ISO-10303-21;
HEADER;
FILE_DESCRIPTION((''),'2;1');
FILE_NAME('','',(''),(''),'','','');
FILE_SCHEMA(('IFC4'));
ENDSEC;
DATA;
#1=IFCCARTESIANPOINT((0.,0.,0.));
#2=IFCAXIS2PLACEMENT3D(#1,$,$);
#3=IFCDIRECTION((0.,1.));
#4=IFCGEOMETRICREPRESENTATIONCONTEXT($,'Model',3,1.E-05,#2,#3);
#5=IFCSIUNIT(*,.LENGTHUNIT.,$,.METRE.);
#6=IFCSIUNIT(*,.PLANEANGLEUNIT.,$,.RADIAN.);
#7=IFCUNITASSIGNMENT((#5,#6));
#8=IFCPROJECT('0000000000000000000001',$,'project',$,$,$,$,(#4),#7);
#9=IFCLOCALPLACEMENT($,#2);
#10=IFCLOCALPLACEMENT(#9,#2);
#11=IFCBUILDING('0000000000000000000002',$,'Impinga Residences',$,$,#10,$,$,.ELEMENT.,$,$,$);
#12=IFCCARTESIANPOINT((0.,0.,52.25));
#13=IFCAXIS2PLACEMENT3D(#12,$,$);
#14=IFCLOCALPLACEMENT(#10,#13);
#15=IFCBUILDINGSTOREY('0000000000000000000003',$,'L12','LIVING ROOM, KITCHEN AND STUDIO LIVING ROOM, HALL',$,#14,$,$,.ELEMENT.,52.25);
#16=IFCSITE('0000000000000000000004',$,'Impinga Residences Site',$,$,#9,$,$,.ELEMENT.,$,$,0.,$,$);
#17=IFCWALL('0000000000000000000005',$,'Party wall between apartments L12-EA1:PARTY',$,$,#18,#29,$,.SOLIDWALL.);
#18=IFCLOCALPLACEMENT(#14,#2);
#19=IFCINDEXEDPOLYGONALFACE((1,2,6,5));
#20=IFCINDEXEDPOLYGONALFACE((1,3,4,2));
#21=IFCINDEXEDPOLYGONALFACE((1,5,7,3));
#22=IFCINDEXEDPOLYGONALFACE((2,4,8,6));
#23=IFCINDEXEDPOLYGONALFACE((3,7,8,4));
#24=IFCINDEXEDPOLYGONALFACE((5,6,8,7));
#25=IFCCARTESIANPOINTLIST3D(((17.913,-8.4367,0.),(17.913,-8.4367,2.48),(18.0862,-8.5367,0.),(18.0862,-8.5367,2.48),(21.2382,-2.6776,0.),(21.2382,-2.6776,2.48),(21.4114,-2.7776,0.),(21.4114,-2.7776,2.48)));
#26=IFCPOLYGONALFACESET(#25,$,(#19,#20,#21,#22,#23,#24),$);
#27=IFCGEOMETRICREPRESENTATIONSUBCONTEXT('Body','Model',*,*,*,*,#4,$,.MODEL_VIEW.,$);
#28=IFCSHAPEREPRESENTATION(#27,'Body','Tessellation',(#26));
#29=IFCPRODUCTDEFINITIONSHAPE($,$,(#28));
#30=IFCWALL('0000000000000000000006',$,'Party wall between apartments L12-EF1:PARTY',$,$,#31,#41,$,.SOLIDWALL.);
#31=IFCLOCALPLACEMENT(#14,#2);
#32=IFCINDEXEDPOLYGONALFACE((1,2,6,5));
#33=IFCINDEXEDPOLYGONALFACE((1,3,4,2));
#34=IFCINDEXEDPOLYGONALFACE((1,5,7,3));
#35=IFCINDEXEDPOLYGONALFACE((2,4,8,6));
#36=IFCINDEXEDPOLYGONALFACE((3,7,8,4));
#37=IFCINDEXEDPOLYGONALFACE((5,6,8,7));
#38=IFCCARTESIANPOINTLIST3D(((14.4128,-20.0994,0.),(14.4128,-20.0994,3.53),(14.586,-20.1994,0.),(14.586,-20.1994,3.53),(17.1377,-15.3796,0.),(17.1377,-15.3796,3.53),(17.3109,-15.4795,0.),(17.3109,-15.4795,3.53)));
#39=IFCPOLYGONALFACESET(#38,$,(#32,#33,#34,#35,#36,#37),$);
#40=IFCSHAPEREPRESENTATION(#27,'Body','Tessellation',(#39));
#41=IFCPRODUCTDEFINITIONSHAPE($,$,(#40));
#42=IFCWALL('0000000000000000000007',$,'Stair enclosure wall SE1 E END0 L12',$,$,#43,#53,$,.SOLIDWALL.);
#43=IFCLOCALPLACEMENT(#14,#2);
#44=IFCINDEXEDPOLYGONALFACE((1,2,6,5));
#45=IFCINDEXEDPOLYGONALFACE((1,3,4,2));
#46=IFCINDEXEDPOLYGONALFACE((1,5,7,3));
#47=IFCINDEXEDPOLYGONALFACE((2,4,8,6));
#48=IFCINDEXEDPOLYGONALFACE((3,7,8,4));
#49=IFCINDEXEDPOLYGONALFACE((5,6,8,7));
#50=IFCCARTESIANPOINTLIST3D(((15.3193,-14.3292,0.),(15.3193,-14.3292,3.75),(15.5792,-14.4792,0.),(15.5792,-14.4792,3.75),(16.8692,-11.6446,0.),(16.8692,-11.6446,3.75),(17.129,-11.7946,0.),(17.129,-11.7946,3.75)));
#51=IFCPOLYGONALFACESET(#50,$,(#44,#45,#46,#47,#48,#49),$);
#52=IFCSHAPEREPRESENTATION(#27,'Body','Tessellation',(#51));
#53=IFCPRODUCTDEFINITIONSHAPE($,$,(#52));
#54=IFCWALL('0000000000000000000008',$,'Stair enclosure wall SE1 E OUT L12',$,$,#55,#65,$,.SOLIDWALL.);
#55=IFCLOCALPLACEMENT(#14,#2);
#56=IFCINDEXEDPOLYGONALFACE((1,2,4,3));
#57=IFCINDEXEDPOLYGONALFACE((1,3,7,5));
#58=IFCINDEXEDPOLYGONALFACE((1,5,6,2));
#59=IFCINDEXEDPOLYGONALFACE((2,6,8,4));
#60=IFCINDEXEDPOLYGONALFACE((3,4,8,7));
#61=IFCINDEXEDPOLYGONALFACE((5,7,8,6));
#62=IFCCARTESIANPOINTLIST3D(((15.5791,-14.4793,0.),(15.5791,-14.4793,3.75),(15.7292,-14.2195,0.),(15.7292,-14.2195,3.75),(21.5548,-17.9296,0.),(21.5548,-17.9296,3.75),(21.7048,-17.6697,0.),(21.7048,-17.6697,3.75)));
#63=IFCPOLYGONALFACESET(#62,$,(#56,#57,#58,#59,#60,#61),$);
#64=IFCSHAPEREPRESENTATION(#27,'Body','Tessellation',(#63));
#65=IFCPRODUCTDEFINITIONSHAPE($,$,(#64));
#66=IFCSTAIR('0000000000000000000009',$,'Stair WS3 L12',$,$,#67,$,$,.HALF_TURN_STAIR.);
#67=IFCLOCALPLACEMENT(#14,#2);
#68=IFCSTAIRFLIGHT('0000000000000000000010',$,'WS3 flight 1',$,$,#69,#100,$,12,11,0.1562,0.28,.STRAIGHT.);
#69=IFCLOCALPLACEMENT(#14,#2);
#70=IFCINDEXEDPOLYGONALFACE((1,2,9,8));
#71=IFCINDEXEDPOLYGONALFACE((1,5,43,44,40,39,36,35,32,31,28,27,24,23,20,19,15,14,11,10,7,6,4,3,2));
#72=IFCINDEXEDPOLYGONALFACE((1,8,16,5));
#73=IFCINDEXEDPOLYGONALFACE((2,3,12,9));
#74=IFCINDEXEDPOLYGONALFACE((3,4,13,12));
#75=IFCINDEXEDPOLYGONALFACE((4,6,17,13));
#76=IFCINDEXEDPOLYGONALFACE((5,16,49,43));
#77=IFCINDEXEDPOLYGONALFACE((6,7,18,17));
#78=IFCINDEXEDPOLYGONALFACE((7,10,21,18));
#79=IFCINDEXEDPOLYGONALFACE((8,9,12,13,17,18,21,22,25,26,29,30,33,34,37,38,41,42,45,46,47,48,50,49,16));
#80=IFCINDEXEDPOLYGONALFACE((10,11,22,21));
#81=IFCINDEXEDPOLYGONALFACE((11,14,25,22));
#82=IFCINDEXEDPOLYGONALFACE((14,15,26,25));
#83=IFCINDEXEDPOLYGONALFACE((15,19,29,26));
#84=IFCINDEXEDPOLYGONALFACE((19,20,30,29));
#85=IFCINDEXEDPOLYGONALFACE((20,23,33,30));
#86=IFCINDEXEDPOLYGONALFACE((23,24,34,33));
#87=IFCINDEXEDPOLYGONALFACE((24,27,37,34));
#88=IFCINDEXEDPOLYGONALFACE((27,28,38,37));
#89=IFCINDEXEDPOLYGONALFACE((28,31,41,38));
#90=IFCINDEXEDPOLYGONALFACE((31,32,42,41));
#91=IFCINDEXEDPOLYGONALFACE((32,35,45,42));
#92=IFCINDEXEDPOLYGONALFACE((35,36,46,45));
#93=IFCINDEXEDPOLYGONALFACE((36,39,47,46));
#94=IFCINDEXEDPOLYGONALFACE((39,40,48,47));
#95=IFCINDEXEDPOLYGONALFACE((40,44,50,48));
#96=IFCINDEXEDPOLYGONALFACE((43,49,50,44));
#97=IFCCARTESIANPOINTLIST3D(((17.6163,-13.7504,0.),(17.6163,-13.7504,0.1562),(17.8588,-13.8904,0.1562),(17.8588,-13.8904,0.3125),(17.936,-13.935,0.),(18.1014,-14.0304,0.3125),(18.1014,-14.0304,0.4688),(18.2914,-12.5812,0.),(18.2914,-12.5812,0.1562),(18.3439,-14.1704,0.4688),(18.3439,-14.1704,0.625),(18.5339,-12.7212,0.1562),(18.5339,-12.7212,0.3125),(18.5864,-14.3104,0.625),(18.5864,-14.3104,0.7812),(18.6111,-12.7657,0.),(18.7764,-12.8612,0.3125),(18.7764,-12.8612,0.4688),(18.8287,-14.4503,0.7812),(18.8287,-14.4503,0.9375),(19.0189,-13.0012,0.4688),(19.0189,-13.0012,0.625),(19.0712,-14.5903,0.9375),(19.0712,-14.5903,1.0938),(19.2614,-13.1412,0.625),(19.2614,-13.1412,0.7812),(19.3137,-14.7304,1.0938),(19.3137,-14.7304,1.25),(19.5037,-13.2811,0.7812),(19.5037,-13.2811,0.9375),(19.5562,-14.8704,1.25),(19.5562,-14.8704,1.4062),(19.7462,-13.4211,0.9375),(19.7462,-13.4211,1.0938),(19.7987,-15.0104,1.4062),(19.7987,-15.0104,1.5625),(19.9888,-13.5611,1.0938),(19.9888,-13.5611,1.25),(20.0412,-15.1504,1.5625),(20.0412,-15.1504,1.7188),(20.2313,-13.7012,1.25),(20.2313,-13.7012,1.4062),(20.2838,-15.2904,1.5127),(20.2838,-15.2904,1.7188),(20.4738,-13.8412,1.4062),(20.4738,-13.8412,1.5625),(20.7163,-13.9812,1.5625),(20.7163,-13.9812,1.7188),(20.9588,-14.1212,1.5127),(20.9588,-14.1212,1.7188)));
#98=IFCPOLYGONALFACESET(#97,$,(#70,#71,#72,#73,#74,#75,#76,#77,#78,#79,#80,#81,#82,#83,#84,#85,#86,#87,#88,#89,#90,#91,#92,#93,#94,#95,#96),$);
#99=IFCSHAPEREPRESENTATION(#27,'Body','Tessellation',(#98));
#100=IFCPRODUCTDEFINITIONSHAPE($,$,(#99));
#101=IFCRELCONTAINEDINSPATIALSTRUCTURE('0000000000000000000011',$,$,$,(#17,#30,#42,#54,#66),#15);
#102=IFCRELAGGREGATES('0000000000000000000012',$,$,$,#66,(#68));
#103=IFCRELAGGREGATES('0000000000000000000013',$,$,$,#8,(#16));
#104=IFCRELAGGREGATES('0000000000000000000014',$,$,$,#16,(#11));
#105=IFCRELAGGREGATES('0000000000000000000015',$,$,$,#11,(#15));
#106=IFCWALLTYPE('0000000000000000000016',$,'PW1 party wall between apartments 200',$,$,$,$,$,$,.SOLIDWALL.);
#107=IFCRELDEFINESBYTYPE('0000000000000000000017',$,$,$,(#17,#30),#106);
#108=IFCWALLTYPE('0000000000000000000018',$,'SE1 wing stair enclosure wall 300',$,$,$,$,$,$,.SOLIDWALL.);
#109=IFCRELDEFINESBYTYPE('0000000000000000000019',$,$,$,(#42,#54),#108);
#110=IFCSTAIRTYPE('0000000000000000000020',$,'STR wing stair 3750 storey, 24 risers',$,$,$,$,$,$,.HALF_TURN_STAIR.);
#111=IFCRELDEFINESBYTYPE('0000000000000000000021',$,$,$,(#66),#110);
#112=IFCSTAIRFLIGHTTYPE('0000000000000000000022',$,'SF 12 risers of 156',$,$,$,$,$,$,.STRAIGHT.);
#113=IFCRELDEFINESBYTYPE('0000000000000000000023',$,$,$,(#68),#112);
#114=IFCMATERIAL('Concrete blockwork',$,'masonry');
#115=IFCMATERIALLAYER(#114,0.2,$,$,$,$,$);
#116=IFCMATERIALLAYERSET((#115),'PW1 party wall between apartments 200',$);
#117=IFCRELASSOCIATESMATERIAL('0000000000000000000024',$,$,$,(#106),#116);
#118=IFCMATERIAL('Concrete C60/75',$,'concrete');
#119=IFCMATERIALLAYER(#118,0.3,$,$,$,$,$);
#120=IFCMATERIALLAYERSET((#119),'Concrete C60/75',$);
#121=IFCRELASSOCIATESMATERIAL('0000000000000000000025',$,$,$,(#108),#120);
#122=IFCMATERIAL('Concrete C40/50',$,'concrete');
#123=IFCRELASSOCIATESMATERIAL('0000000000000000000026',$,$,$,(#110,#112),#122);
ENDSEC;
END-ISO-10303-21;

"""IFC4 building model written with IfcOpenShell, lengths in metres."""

from ifc_helpers import new_model, si_unit, direction, frame, frame_2d, origin, place, context, subcontext, project, spatial, polyline, rectangle, outline, extrude, material, layer, layer_set, type_object, element, aggregate, save


model = new_model("IFC4")

# Units and contexts
model_context = context("Model", 3, precision=1e-05, world=origin(), true_north=direction((0.0, 1.0)))
body_context = subcontext(model_context, "Body", "Model", "MODEL_VIEW")
ifc_project = project(units=[si_unit("LENGTHUNIT", "METRE"), si_unit("PLANEANGLEUNIT", "RADIAN")], contexts=[model_context])

# Site, building, storey
site_placement = place(None, origin())
site = spatial("IfcSite", under=ifc_project, at=site_placement, Name="Impinga Residences Site", CompositionType="ELEMENT", RefElevation=0.0)
building_placement = place(site_placement, origin())
building = spatial("IfcBuilding", under=site, at=building_placement, Name="Impinga Residences", CompositionType="ELEMENT")
storey_placement = place(building_placement, frame((0.0, 0.0, 52.25)))
storey = spatial("IfcBuildingStorey", under=building, at=storey_placement, Name="L12", Description="LIVING ROOM, KITCHEN AND STUDIO LIVING ROOM, HALL", CompositionType="ELEMENT", Elevation=52.25)

# Shared definitions
ifc_material_1 = material(Name="Concrete C60/75", Category="concrete")

# Walls
ifc_material_2 = material(Name="Concrete blockwork", Category="masonry")
ifc_layer_1 = layer(ifc_material_2, 0.2)
ifc_layer_set_1 = layer_set([ifc_layer_1], Name="PW1 party wall between apartments 200")
wall_type_1 = type_object("IfcWallType", Name="PW1 party wall between apartments 200", PredefinedType="SOLIDWALL", material=ifc_layer_set_1)
wall_1_placement = place(storey_placement, frame((17.9995, -8.4868, 0.0), z_axis=(0.0, 0.0, 1.0), x_axis=(0.500024, 0.866011, 0.0)))
element("IfcWall", 1, at=wall_1_placement, inside=storey, type_object=wall_type_1, Name="Party wall between apartments L12-EA1:PARTY", PredefinedType="SOLIDWALL", context=body_context, shape_type="SweptSolid", body=[
    extrude(rectangle(XDim=6.6501, YDim=0.2, at=frame_2d((3.3252, 0.0))), origin(), (0.0, 0.0, 1.0), 2.48),
])
wall_2_placement = place(storey_placement, frame((17.2244, -15.4294, 0.0), z_axis=(0.0, 0.0, 1.0), x_axis=(-0.499989, -0.866032, 0.0)))
element("IfcWall", 2, at=wall_2_placement, inside=storey, type_object=wall_type_1, Name="Party wall between apartments L12-EF1:PARTY", PredefinedType="SOLIDWALL", context=body_context, shape_type="SweptSolid", body=[
    extrude(rectangle(XDim=5.45, YDim=0.2, at=frame_2d((2.7251, 0.0))), origin(), (0.0, 0.0, 1.0), 3.53),
])
ifc_layer_2 = layer(ifc_material_1, 0.3)
ifc_layer_set_2 = layer_set([ifc_layer_2], Name="Concrete C60/75")
wall_type_2 = type_object("IfcWallType", Name="SE1 wing stair enclosure wall 300", PredefinedType="SOLIDWALL", material=ifc_layer_set_2)
wall_3_placement = place(storey_placement, frame((16.999, -11.7197, 0.0), z_axis=(0.0, 0.0, 1.0), x_axis=(-0.499968, -0.866044, 0.0)))
element("IfcWall", 3, at=wall_3_placement, inside=storey, type_object=wall_type_2, Name="Stair enclosure wall SE1 E END0 L12", PredefinedType="SOLIDWALL", context=body_context, shape_type="SweptSolid", body=[
    extrude(rectangle(XDim=3.0999, YDim=0.3, at=frame_2d((1.5498, 0.0))), origin(), (0.0, 0.0, 1.0), 3.75),
])
wall_4_placement = place(storey_placement, frame((15.6541, -14.3494, 0.0), z_axis=(0.0, 0.0, 1.0), x_axis=(0.866014, -0.500021, 0.0)))
element("IfcWall", 4, at=wall_4_placement, inside=storey, type_object=wall_type_2, Name="Stair enclosure wall SE1 E OUT L12", PredefinedType="SOLIDWALL", context=body_context, shape_type="SweptSolid", body=[
    extrude(rectangle(XDim=6.9001, YDim=0.3, at=frame_2d((3.4502, 0.0))), origin(), (0.0, 0.0, 1.0), 3.75),
])

# Stair, stair flight
ifc_material_3 = material(Name="Concrete C40/50", Category="concrete")
stair_type = type_object("IfcStairType", Name="STR wing stair 3750 storey, 24 risers", PredefinedType="HALF_TURN_STAIR", material=ifc_material_3)
stair_placement = place(storey_placement, origin())
stair = element("IfcStair", 5, at=stair_placement, inside=storey, type_object=stair_type, Name="Stair WS3 L12", PredefinedType="HALF_TURN_STAIR")
stair_flight_type = type_object("IfcStairFlightType", Name="SF 12 risers of 156", PredefinedType="STRAIGHT", material=ifc_material_3)
stair_flight_placement = place(storey_placement, frame((17.9539, -13.1658, 0.0), z_axis=(0.0, 0.0, 1.0), x_axis=(0.866025, -0.5, 0.0)))
stair_flight = element("IfcStairFlight", 6, at=stair_flight_placement, type_object=stair_flight_type, Name="WS3 flight 1", NumberOfRisers=12, NumberOfTreads=11, PredefinedType="STRAIGHT", RiserHeight=0.1562, TreadLength=0.28, context=body_context, shape_type="SweptSolid", body=[
    extrude(outline(polyline([(0.0, 0.0), (0.0, 0.1562), (0.28, 0.1562), (0.28, 0.3125), (0.5601, 0.3125), (0.5601, 0.4688), (0.8401, 0.4688), (0.8401, 0.625), (1.1201, 0.625), (1.1201, 0.7812), (1.3999, 0.7812), (1.3999, 0.9375), (1.6799, 0.9375), (1.6799, 1.0938), (1.96, 1.0938), (1.96, 1.25), (2.24, 1.25), (2.24, 1.4062), (2.52, 1.4062), (2.52, 1.5625), (2.8, 1.5625), (2.8, 1.7188), (3.0801, 1.7188), (3.0801, 1.875), (3.0801, 1.5127), (0.3691, 0.0), (0.0, 0.0)])), frame((0.0, 0.675, 0.0), z_axis=(0.0, -1.0, 0.0), x_axis=(1.0, 0.0, 0.0)), (0.0, 0.0, 1.0), 1.3501),
])
aggregate(stair, [stair_flight])

save(model, "model.ifc")
